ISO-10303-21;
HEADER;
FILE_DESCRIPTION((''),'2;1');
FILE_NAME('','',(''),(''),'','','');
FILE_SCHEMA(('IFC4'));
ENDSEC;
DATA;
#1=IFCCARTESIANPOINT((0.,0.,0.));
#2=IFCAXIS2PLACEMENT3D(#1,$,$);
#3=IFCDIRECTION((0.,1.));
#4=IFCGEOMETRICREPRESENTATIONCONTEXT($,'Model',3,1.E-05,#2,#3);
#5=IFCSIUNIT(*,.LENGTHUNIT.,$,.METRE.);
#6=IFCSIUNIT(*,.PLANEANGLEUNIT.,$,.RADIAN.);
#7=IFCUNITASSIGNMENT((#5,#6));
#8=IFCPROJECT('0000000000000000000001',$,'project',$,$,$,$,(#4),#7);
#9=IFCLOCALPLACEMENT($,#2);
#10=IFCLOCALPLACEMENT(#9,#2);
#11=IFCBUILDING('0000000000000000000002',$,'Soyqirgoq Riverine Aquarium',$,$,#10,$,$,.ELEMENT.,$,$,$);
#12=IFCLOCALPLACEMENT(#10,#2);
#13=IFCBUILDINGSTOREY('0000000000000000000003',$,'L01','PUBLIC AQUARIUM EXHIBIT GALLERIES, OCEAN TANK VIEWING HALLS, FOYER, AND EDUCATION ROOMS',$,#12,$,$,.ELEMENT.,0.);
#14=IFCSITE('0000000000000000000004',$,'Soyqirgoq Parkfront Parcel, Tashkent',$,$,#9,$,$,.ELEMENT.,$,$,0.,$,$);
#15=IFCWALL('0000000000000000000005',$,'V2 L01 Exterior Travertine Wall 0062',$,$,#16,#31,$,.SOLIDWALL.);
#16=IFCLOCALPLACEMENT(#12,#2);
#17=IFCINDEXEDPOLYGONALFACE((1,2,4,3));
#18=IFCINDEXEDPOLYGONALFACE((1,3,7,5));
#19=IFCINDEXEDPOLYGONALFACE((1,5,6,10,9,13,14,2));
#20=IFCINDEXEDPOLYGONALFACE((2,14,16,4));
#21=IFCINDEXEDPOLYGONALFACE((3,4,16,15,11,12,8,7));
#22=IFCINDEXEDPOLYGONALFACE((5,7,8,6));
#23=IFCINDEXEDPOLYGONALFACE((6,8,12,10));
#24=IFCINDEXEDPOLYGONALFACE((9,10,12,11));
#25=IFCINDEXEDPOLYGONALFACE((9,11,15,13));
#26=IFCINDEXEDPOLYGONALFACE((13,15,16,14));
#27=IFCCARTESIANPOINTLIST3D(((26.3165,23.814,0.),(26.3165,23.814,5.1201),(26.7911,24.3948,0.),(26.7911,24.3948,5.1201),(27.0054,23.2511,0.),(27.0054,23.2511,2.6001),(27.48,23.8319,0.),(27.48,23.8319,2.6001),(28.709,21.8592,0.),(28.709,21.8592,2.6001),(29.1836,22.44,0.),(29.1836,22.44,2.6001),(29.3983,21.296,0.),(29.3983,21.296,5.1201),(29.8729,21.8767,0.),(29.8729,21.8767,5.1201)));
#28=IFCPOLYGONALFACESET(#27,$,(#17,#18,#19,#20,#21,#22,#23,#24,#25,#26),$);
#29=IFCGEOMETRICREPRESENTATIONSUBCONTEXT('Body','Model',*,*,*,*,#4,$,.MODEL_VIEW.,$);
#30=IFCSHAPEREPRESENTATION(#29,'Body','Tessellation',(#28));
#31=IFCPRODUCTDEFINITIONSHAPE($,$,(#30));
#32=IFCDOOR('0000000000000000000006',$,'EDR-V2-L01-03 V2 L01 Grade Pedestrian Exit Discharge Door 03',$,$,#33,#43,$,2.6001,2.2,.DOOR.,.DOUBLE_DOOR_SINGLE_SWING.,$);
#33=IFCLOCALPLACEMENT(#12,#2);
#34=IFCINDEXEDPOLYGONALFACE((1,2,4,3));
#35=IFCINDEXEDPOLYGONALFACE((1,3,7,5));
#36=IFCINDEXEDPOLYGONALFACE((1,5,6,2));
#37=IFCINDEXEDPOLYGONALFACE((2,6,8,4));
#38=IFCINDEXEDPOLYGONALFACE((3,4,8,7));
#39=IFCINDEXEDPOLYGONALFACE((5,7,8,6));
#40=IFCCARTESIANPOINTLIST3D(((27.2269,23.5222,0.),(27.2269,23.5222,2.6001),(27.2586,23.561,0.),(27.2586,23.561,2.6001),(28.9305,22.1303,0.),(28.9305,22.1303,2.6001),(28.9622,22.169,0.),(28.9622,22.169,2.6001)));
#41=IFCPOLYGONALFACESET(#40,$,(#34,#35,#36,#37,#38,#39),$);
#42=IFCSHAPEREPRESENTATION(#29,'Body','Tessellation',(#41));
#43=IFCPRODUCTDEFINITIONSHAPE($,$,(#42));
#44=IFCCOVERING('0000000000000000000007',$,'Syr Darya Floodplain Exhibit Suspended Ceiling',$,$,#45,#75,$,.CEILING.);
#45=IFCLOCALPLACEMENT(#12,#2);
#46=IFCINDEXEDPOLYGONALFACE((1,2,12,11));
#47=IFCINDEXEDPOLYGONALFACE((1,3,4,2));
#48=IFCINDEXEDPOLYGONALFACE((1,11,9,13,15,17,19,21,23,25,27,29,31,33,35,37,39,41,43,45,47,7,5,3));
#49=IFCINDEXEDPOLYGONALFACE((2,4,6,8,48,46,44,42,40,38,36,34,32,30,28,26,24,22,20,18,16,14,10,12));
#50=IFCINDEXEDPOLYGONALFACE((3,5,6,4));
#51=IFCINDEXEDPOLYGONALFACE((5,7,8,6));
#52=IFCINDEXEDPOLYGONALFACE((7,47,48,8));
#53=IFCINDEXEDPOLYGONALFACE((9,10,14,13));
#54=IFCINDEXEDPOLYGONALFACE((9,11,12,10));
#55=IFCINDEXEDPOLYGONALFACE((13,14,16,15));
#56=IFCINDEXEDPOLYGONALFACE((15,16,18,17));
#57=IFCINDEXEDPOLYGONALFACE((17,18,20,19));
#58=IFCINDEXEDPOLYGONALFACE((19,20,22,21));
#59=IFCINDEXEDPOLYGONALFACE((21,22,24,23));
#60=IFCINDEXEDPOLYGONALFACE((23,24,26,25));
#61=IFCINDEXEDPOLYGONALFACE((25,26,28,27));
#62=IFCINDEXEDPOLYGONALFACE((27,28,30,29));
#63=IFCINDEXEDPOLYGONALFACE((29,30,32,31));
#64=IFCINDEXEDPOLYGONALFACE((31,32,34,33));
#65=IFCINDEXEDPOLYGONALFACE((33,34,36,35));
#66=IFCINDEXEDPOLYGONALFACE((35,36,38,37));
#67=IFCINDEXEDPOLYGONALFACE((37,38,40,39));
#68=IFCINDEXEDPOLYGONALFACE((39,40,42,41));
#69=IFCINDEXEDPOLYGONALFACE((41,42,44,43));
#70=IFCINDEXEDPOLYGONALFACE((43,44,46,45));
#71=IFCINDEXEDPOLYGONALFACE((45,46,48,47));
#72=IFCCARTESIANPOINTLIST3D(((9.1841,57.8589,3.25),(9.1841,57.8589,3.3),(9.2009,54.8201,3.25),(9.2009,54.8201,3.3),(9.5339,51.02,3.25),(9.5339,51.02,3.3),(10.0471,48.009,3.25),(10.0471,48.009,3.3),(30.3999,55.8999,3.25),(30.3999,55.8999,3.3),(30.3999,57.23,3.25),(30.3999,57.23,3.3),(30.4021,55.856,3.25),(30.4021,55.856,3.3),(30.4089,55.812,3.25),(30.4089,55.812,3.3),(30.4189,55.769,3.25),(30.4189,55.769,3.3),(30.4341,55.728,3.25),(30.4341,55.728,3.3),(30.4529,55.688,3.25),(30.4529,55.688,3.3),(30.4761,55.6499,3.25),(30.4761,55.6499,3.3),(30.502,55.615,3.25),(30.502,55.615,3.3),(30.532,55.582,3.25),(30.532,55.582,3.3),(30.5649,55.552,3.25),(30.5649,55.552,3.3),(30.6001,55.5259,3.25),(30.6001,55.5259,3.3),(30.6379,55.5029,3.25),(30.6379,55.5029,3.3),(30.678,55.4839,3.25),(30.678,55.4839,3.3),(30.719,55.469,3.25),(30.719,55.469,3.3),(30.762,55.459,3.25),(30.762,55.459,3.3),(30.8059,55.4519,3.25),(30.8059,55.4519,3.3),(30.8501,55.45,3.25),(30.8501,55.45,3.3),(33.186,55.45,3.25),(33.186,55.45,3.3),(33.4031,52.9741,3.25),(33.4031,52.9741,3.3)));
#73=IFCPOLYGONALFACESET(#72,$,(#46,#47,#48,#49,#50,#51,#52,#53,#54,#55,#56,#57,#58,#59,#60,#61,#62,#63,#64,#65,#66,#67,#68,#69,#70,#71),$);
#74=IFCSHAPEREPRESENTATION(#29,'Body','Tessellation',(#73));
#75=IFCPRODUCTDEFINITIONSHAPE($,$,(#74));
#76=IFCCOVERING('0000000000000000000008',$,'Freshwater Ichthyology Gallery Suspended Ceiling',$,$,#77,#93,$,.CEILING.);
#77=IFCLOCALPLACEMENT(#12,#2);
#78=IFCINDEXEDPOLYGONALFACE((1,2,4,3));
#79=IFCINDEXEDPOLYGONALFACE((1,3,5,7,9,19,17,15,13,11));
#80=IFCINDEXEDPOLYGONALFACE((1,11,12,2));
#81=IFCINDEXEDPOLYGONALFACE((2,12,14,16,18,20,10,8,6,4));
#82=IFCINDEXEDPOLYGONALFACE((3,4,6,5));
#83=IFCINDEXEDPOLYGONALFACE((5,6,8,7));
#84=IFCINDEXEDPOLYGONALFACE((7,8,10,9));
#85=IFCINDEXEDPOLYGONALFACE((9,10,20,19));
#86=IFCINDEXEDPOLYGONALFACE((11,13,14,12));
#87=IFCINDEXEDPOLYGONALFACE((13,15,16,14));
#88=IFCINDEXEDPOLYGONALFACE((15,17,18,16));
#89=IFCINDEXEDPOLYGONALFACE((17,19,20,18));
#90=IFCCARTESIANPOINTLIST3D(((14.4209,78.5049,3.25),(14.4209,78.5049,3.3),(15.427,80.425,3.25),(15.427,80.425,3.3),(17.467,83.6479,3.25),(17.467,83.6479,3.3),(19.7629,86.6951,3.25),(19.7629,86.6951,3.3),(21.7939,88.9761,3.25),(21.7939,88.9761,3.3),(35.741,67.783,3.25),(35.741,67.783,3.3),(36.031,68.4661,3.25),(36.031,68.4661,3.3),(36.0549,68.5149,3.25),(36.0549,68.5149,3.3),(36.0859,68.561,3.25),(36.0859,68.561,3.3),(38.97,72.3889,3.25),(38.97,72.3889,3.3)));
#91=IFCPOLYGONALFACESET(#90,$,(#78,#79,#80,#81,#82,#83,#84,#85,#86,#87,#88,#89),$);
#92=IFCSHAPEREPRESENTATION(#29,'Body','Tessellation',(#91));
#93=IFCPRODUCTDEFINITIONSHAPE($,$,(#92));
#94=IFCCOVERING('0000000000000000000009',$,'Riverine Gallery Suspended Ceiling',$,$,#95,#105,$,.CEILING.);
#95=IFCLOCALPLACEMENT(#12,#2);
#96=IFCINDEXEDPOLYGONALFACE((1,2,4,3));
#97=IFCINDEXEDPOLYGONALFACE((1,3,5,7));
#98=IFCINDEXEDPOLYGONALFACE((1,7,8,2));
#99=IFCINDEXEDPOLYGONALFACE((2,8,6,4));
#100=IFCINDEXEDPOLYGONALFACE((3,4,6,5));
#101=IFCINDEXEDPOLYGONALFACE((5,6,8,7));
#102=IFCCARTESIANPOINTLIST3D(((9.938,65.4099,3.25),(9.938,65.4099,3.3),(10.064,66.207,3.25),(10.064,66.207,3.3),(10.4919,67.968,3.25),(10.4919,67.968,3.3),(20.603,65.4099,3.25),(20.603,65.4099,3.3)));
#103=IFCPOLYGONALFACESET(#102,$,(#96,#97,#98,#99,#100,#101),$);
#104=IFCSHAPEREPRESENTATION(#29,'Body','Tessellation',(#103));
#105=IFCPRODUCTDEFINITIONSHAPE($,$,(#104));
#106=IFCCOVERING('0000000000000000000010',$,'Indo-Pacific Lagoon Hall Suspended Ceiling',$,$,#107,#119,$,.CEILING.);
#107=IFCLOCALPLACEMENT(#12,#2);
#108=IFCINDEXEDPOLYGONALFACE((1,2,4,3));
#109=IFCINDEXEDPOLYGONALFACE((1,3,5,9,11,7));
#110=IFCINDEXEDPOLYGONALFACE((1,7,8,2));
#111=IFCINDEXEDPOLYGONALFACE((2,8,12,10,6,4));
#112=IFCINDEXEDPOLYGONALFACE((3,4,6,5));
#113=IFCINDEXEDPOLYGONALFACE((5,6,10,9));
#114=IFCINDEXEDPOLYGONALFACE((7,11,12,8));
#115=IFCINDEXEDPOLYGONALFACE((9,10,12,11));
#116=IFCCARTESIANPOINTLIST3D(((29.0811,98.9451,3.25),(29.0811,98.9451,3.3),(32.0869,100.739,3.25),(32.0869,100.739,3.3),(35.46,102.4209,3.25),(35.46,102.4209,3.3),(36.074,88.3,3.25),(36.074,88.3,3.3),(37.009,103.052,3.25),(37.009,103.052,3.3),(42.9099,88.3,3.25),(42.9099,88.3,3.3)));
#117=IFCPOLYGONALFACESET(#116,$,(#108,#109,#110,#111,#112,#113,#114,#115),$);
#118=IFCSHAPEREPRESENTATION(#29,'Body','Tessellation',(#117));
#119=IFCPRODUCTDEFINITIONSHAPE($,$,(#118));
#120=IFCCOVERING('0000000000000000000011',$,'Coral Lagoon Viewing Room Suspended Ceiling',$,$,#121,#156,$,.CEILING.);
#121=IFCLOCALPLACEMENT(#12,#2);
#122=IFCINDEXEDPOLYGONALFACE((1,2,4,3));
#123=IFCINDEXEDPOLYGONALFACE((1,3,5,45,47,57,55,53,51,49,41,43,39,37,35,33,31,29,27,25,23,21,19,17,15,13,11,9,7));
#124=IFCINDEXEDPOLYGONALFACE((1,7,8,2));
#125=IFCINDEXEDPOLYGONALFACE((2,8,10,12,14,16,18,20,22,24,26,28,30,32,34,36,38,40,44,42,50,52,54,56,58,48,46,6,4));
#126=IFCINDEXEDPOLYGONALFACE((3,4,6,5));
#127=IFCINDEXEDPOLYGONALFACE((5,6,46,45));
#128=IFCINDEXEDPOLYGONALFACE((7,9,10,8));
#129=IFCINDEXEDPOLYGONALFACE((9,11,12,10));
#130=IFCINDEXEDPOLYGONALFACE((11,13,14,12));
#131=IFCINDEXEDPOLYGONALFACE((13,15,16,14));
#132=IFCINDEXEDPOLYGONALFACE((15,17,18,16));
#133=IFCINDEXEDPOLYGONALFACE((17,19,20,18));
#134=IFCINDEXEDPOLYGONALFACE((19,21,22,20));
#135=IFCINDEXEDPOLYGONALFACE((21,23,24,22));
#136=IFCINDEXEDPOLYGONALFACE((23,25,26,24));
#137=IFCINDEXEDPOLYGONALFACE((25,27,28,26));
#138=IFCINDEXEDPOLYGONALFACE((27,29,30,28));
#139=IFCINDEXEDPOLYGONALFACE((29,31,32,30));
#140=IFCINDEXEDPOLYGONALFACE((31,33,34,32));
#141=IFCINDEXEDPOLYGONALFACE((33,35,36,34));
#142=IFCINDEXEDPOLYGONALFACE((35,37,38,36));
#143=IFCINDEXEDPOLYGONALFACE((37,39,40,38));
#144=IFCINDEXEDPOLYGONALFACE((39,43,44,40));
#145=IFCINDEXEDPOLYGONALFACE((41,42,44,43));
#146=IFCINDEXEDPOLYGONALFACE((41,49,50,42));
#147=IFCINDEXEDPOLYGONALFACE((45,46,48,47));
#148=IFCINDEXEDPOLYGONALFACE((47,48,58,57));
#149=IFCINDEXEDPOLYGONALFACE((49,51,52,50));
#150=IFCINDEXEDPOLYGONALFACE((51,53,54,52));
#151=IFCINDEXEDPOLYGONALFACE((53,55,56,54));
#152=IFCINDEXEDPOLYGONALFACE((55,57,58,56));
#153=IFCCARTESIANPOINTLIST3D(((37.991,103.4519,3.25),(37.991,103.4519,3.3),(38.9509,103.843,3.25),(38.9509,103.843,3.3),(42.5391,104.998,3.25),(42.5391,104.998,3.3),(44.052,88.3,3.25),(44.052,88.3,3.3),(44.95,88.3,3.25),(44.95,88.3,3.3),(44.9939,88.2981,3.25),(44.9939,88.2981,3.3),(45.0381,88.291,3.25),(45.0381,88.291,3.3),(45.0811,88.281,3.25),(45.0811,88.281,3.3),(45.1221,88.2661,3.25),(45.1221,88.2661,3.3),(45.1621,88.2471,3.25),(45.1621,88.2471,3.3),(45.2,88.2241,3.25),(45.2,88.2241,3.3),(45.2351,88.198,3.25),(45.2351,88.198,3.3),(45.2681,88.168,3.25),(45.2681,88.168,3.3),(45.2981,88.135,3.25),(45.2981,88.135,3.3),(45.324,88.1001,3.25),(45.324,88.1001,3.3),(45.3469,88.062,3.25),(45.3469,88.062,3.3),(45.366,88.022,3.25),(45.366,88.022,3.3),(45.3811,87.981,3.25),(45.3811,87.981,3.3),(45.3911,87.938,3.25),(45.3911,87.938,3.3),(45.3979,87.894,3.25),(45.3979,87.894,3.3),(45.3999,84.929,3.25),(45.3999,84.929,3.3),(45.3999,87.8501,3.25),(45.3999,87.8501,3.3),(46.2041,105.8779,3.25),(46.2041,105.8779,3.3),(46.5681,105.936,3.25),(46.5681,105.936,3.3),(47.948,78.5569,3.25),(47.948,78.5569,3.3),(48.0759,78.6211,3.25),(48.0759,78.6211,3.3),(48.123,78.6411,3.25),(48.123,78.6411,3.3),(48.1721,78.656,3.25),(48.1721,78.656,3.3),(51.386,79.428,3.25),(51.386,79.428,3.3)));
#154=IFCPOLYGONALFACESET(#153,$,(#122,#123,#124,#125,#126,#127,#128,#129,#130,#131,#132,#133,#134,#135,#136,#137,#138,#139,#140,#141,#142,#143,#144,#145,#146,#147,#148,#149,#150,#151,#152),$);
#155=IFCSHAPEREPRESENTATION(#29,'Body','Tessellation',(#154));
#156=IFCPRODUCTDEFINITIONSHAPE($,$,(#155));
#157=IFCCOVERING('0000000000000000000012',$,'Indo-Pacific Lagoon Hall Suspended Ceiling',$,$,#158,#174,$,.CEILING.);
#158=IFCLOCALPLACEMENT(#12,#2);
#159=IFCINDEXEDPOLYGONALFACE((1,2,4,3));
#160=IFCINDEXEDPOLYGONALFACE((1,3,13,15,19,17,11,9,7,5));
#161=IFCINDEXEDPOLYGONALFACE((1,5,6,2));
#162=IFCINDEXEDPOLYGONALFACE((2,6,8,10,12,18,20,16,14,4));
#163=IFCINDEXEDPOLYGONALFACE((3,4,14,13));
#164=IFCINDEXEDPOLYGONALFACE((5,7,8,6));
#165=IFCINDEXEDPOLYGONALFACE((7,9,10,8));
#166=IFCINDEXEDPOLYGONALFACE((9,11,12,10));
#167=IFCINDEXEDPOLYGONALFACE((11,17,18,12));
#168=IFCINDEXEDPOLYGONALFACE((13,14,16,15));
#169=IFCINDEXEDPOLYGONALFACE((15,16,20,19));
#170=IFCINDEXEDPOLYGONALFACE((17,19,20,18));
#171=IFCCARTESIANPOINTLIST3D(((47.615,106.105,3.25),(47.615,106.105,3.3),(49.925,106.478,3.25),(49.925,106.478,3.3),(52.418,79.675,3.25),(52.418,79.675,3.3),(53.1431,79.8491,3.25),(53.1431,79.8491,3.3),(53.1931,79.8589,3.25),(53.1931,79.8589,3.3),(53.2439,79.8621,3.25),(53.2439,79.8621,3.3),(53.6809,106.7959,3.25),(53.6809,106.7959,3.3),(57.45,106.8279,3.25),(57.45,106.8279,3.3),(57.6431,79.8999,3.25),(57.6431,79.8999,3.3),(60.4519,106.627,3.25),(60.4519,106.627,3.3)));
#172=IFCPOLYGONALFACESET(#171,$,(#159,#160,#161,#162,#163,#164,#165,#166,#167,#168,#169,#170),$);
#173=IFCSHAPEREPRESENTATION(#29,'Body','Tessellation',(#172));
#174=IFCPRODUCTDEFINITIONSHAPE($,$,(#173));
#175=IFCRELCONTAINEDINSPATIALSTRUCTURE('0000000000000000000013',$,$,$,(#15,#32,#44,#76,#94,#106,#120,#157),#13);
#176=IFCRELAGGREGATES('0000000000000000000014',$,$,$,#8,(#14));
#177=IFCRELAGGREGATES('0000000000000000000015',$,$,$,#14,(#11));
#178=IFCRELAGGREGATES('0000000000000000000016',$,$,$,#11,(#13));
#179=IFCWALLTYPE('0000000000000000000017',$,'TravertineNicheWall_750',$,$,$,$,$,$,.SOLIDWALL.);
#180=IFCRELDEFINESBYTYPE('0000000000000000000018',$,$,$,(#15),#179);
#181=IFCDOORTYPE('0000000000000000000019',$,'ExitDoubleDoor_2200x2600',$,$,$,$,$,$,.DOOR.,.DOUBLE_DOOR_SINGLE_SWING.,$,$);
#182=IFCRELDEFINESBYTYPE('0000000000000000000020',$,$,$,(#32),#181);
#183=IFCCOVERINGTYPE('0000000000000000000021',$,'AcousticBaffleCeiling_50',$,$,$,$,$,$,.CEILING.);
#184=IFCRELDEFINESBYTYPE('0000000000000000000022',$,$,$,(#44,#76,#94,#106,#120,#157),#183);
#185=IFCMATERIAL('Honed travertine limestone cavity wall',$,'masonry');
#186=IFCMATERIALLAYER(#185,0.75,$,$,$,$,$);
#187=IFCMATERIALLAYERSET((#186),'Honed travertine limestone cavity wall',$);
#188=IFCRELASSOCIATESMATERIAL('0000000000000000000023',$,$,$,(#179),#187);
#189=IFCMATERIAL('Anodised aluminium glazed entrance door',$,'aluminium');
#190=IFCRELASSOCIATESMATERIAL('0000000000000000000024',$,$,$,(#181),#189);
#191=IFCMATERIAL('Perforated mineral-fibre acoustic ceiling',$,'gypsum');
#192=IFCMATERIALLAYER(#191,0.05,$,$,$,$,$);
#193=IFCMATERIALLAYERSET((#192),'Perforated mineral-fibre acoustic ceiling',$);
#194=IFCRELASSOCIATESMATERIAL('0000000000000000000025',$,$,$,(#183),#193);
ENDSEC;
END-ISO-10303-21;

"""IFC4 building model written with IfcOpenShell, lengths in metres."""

from ifc_helpers import new_model, si_unit, direction, frame, frame_2d, origin, place, context, subcontext, project, spatial, polyline, rectangle, outline, extrude, material, layer, layer_set, type_object, element, fill, save


model = new_model("IFC4")

# Units and contexts
model_context = context("Model", 3, precision=1e-05, world=origin(), true_north=direction((0.0, 1.0)))
body_context = subcontext(model_context, "Body", "Model", "MODEL_VIEW")
ifc_project = project(units=[si_unit("LENGTHUNIT", "METRE"), si_unit("PLANEANGLEUNIT", "RADIAN")], contexts=[model_context])

# Site, building, storey
site_placement = place(None, origin())
site = spatial("IfcSite", under=ifc_project, at=site_placement, Name="Soyqirgoq Parkfront Parcel, Tashkent", CompositionType="ELEMENT", RefElevation=0.0)
building_placement = place(site_placement, origin())
building = spatial("IfcBuilding", under=site, at=building_placement, Name="Soyqirgoq Riverine Aquarium", CompositionType="ELEMENT")
storey_placement = place(building_placement, origin())
storey = spatial("IfcBuildingStorey", under=building, at=storey_placement, Name="L01", Description="PUBLIC AQUARIUM EXHIBIT GALLERIES, OCEAN TANK VIEWING HALLS, FOYER, AND EDUCATION ROOMS", CompositionType="ELEMENT", Elevation=0.0)

# Wall, opening, door
ifc_material_1 = material(Name="Honed travertine limestone cavity wall", Category="masonry")
ifc_layer_1 = layer(ifc_material_1, 0.75)
ifc_layer_set_1 = layer_set([ifc_layer_1], Name="Honed travertine limestone cavity wall")
wall_type = type_object("IfcWallType", Name="TravertineNicheWall_750", PredefinedType="SOLIDWALL", material=ifc_layer_set_1)
wall_placement = place(storey_placement, frame((29.6355, 21.5864, 0.0), z_axis=(0.0, 0.0, 1.0), x_axis=(-0.774375, 0.632727, 0.0)))
wall = element("IfcWall", 1, at=wall_placement, inside=storey, type_object=wall_type, Name="V2 L01 Exterior Travertine Wall 0062", PredefinedType="SOLIDWALL", context=body_context, shape_type="SweptSolid", body=[
    extrude(rectangle(XDim=3.9797, YDim=0.75, at=frame_2d((1.9897, 0.0))), origin(), (0.0, 0.0, 1.0), 5.1201),
])
opening_placement = place(wall_placement, frame((0.8899, 0.0, 0.0)))
opening = element("IfcOpeningElement", 2, at=opening_placement, cuts=wall, PredefinedType="OPENING", context=body_context, shape_type="SweptSolid", body=[
    extrude(rectangle(XDim=2.2, YDim=2.6001, at=frame_2d((1.1001, 1.3))), frame((0.0, 0.385, 0.0), z_axis=(0.0, -1.0, 0.0), x_axis=(1.0, 0.0, 0.0)), (0.0, 0.0, 1.0), 0.77),
])
ifc_material_2 = material(Name="Anodised aluminium glazed entrance door", Category="aluminium")
door_type = type_object("IfcDoorType", Name="ExitDoubleDoor_2200x2600", OperationType="DOUBLE_DOOR_SINGLE_SWING", PredefinedType="DOOR", material=ifc_material_2)
door_placement = place(opening_placement, origin())
door = element("IfcDoor", 3, at=door_placement, inside=storey, type_object=door_type, Name="EDR-V2-L01-03 V2 L01 Grade Pedestrian Exit Discharge Door 03", OperationType="DOUBLE_DOOR_SINGLE_SWING", OverallHeight=2.6001, OverallWidth=2.2, PredefinedType="DOOR", context=body_context, shape_type="SweptSolid", body=[
    extrude(rectangle(XDim=2.2, YDim=2.6001, at=frame_2d((1.1001, 1.3))), frame((0.0, 0.0249, 0.0), z_axis=(0.0, -1.0, 0.0), x_axis=(1.0, 0.0, 0.0)), (0.0, 0.0, 1.0), 0.05),
])
fill(opening, door)

# Coverings
ifc_material_3 = material(Name="Perforated mineral-fibre acoustic ceiling", Category="gypsum")
ifc_layer_2 = layer(ifc_material_3, 0.05)
ifc_layer_set_2 = layer_set([ifc_layer_2], Name="Perforated mineral-fibre acoustic ceiling")
covering_type_1 = type_object("IfcCoveringType", Name="AcousticBaffleCeiling_50", PredefinedType="CEILING", material=ifc_layer_set_2)
covering_1_placement = place(storey_placement, frame((0.0, 0.0, 3.25)))
element("IfcCovering", 4, at=covering_1_placement, inside=storey, type_object=covering_type_1, Name="Syr Darya Floodplain Exhibit Suspended Ceiling", PredefinedType="CEILING", context=body_context, shape_type="SweptSolid", body=[
    extrude(outline(polyline([(9.5339, 51.02), (9.2009, 54.8201), (9.1841, 57.8589), (30.3999, 57.23), (30.3999, 55.8999), (30.4021, 55.856), (30.4089, 55.812), (30.4189, 55.769), (30.4341, 55.728), (30.4529, 55.688), (30.4761, 55.6499), (30.502, 55.615), (30.532, 55.582), (30.5649, 55.552), (30.6001, 55.5259), (30.6379, 55.5029), (30.678, 55.4839), (30.719, 55.469), (30.762, 55.459), (30.8059, 55.4519), (30.8501, 55.45), (33.186, 55.45), (33.4031, 52.9741), (10.0471, 48.009), (9.5339, 51.02)])), origin(), (0.0, 0.0, 1.0), 0.05),
])
covering_2_placement = place(storey_placement, frame((0.0, 0.0, 3.25)))
element("IfcCovering", 5, at=covering_2_placement, inside=storey, type_object=covering_type_1, Name="Freshwater Ichthyology Gallery Suspended Ceiling", PredefinedType="CEILING", context=body_context, shape_type="SweptSolid", body=[
    extrude(outline(polyline([(15.427, 80.425), (17.467, 83.6479), (19.7629, 86.6951), (21.7939, 88.9761), (38.97, 72.3889), (36.0859, 68.561), (36.0549, 68.5149), (36.031, 68.4661), (35.741, 67.783), (14.4209, 78.5049), (15.427, 80.425)])), origin(), (0.0, 0.0, 1.0), 0.05),
])
covering_3_placement = place(storey_placement, frame((0.0, 0.0, 3.25)))
element("IfcCovering", 6, at=covering_3_placement, inside=storey, type_object=covering_type_1, Name="Riverine Gallery Suspended Ceiling", PredefinedType="CEILING", context=body_context, shape_type="SweptSolid", body=[
    extrude(outline(polyline([(10.064, 66.207), (10.4919, 67.968), (20.603, 65.4099), (9.938, 65.4099), (10.064, 66.207)])), origin(), (0.0, 0.0, 1.0), 0.05),
])
covering_4_placement = place(storey_placement, frame((0.0, 0.0, 3.25)))
element("IfcCovering", 7, at=covering_4_placement, inside=storey, type_object=covering_type_1, Name="Indo-Pacific Lagoon Hall Suspended Ceiling", PredefinedType="CEILING", context=body_context, shape_type="SweptSolid", body=[
    extrude(outline(polyline([(32.0869, 100.739), (35.46, 102.4209), (37.009, 103.052), (42.9099, 88.3), (36.074, 88.3), (29.0811, 98.9451), (32.0869, 100.739)])), origin(), (0.0, 0.0, 1.0), 0.05),
])
covering_5_placement = place(storey_placement, frame((0.0, 0.0, 3.25)))
element("IfcCovering", 8, at=covering_5_placement, inside=storey, type_object=covering_type_1, Name="Coral Lagoon Viewing Room Suspended Ceiling", PredefinedType="CEILING", context=body_context, shape_type="SweptSolid", body=[
    extrude(outline(polyline([(38.9509, 103.843), (42.5391, 104.998), (46.2041, 105.8779), (46.5681, 105.936), (51.386, 79.428), (48.1721, 78.656), (48.123, 78.6411), (48.0759, 78.6211), (47.948, 78.5569), (45.3999, 84.929), (45.3999, 87.8501), (45.3979, 87.894), (45.3911, 87.938), (45.3811, 87.981), (45.366, 88.022), (45.3469, 88.062), (45.324, 88.1001), (45.2981, 88.135), (45.2681, 88.168), (45.2351, 88.198), (45.2, 88.2241), (45.1621, 88.2471), (45.1221, 88.2661), (45.0811, 88.281), (45.0381, 88.291), (44.9939, 88.2981), (44.95, 88.3), (44.052, 88.3), (37.991, 103.4519), (38.9509, 103.843)])), origin(), (0.0, 0.0, 1.0), 0.05),
])
covering_6_placement = place(storey_placement, frame((0.0, 0.0, 3.25)))
element("IfcCovering", 9, at=covering_6_placement, inside=storey, type_object=covering_type_1, Name="Indo-Pacific Lagoon Hall Suspended Ceiling", PredefinedType="CEILING", context=body_context, shape_type="SweptSolid", body=[
    extrude(outline(polyline([(49.925, 106.478), (53.6809, 106.7959), (57.45, 106.8279), (60.4519, 106.627), (57.6431, 79.8999), (53.2439, 79.8621), (53.1931, 79.8589), (53.1431, 79.8491), (52.418, 79.675), (47.615, 106.105), (49.925, 106.478)])), origin(), (0.0, 0.0, 1.0), 0.05),
])

save(model, "model.ifc")
